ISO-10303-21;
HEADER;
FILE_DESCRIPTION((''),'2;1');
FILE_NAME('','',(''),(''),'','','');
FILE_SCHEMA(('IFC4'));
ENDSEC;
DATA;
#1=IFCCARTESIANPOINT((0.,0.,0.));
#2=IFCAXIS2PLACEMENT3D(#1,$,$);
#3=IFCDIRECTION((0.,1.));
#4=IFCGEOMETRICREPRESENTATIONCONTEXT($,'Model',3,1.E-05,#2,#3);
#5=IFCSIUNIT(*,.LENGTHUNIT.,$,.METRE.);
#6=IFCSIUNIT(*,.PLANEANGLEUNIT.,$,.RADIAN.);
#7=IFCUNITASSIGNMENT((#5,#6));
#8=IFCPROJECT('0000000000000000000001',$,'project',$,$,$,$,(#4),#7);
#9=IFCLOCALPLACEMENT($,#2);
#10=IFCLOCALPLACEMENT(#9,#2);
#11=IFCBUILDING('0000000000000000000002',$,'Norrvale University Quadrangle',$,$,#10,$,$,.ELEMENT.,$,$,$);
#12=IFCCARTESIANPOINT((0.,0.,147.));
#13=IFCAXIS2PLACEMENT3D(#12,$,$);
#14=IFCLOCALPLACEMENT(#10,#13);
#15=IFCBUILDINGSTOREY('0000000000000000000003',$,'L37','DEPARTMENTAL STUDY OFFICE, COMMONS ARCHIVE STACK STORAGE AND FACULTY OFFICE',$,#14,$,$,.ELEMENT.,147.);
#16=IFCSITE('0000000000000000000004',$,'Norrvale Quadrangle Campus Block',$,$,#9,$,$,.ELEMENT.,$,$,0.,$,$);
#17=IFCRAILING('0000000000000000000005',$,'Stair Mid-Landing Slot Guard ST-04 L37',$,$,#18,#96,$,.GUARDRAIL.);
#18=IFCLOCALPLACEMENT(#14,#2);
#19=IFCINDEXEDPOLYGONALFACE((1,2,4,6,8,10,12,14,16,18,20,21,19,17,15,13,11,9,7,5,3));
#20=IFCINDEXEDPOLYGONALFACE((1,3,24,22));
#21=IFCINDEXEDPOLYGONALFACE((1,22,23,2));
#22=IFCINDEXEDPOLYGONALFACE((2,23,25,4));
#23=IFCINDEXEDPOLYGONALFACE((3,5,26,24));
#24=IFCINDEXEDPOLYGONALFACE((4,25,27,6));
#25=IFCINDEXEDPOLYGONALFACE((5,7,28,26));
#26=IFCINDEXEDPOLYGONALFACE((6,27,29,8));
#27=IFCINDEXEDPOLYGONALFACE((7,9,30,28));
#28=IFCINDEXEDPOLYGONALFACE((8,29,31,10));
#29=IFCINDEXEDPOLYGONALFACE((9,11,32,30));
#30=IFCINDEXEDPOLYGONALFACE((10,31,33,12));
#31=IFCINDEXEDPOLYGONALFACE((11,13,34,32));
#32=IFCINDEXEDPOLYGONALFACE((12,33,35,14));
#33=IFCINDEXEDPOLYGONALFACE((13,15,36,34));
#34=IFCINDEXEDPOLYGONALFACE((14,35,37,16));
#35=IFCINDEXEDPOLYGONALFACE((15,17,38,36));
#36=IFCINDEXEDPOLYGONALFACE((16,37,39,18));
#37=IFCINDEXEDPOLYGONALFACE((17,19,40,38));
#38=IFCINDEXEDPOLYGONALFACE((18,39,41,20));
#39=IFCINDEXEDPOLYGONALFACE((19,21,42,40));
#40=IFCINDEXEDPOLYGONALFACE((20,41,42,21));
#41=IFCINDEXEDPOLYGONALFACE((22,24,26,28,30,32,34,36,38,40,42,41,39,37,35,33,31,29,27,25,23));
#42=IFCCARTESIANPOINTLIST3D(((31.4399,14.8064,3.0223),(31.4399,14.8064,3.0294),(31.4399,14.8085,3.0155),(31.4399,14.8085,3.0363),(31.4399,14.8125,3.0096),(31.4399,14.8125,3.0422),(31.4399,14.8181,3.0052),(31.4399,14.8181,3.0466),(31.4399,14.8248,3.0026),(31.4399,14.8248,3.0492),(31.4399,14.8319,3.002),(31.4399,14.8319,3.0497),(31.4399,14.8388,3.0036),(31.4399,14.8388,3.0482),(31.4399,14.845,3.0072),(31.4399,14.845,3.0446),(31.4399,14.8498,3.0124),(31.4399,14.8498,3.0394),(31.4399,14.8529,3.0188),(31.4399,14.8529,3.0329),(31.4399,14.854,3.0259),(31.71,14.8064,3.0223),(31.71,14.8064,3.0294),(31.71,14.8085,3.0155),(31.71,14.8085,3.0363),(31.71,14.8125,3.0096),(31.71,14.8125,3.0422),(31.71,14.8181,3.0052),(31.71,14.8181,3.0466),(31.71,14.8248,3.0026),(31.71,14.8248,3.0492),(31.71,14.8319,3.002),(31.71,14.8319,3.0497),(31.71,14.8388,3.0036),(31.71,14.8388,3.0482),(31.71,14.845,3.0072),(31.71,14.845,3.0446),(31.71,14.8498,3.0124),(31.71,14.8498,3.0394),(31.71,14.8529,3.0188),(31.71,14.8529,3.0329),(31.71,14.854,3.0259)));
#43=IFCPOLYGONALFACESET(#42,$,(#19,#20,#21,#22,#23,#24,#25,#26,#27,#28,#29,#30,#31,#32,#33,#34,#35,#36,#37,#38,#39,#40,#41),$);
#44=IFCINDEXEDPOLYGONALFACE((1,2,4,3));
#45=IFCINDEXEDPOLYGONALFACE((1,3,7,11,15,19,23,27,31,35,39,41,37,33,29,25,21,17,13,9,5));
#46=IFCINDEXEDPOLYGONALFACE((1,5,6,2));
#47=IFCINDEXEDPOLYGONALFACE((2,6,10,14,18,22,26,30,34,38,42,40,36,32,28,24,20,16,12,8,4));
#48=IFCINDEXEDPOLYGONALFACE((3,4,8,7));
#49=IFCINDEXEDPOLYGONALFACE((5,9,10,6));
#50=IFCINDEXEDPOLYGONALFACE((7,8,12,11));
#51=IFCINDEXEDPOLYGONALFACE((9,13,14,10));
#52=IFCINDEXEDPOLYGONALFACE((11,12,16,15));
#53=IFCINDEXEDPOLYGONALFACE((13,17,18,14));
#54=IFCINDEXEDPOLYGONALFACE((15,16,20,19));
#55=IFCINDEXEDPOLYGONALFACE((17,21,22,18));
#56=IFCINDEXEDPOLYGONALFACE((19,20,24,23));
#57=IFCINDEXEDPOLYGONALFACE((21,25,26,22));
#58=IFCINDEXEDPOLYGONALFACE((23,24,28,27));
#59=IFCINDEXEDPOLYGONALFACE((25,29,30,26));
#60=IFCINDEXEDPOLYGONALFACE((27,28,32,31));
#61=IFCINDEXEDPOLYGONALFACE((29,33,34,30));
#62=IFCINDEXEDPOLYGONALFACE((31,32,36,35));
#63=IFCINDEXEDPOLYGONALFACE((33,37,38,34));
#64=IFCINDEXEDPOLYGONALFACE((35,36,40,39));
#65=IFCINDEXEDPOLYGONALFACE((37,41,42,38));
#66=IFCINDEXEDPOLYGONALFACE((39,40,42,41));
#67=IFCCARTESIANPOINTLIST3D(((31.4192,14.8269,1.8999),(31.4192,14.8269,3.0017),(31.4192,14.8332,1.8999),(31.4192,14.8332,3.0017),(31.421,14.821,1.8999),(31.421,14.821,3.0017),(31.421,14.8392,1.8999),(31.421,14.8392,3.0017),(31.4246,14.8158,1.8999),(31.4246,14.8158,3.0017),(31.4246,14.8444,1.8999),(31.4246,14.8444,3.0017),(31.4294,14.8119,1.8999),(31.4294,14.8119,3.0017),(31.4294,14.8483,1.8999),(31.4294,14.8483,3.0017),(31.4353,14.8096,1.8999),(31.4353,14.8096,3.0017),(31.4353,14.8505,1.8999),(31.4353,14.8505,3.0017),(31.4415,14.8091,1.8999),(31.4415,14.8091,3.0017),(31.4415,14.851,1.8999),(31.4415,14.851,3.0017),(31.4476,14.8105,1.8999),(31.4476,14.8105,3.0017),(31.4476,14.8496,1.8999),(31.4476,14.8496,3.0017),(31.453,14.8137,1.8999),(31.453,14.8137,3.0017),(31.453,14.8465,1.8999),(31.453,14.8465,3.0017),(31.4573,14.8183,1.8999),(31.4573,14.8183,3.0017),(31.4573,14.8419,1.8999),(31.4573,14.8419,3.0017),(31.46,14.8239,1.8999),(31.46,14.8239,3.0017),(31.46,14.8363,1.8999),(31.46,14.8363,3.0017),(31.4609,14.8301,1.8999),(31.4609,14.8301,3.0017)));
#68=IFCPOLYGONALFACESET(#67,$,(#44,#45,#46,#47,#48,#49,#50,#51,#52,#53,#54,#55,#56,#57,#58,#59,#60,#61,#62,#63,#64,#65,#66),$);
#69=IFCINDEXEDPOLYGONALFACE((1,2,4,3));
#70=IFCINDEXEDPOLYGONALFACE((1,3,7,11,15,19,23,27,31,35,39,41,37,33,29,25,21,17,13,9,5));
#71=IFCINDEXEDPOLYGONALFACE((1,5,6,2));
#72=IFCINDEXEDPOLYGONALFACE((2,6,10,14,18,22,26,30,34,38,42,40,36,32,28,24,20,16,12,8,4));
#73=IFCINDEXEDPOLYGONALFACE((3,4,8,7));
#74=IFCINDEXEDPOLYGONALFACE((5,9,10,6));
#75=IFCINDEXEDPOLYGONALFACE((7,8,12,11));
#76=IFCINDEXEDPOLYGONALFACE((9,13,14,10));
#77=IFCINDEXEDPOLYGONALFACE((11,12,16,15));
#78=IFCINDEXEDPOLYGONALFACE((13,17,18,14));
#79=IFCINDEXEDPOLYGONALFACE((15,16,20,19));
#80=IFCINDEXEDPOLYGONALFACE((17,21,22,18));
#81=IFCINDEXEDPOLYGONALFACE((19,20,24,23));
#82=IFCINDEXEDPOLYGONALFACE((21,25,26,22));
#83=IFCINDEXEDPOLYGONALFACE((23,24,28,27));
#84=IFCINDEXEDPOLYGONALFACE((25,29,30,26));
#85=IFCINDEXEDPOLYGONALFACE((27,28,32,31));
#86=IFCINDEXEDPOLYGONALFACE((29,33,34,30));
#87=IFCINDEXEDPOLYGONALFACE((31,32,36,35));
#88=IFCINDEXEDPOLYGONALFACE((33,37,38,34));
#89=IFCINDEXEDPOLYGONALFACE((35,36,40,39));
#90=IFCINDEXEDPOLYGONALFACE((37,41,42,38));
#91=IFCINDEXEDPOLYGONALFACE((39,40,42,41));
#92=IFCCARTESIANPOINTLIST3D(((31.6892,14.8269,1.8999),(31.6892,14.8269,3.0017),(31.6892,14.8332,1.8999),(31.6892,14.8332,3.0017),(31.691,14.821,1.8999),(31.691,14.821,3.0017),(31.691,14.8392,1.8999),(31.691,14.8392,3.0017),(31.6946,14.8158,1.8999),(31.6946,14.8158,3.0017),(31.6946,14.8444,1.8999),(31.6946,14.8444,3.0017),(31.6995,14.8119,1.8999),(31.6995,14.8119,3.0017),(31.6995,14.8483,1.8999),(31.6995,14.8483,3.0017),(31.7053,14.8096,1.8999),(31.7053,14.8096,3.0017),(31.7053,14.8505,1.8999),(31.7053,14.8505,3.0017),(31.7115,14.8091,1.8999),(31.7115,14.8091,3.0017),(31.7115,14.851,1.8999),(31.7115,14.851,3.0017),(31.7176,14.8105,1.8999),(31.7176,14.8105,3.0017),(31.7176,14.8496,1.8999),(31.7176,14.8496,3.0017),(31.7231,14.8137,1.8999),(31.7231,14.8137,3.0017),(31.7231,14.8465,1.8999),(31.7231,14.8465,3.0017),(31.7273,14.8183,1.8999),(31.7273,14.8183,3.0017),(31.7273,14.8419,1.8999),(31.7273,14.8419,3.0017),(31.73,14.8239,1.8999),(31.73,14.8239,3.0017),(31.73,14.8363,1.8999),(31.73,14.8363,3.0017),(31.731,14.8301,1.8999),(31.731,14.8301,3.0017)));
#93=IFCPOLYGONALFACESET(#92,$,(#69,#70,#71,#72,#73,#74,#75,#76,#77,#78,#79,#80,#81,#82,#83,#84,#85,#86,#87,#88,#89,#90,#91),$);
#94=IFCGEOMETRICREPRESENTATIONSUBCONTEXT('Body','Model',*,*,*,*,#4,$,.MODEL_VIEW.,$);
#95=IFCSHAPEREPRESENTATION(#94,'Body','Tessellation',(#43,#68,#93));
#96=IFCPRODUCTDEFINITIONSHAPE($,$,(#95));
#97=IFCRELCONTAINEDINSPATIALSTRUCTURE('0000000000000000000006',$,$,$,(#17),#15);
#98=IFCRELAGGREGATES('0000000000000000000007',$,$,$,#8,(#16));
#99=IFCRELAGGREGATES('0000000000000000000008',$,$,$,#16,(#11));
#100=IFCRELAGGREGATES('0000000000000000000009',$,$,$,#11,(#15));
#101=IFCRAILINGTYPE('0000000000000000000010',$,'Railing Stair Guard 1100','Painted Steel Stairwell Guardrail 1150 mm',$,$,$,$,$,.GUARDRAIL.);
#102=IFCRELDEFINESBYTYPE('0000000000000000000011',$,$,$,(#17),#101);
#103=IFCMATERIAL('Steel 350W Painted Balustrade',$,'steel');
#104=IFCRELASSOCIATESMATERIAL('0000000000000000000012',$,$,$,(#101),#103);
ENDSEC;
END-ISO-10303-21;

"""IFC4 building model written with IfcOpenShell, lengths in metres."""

from ifc_helpers import new_model, si_unit, direction, frame, origin, origin_2d, place, context, subcontext, project, spatial, circle, extrude, material, type_object, element, save


model = new_model("IFC4")

# Units and contexts
model_context = context("Model", 3, precision=1e-05, world=origin(), true_north=direction((0.0, 1.0)))
body_context = subcontext(model_context, "Body", "Model", "MODEL_VIEW")
ifc_project = project(units=[si_unit("LENGTHUNIT", "METRE"), si_unit("PLANEANGLEUNIT", "RADIAN")], contexts=[model_context])

# Site, building, storey
site_placement = place(None, origin())
site = spatial("IfcSite", under=ifc_project, at=site_placement, Name="Norrvale Quadrangle Campus Block", CompositionType="ELEMENT", RefElevation=0.0)
building_placement = place(site_placement, origin())
building = spatial("IfcBuilding", under=site, at=building_placement, Name="Norrvale University Quadrangle", CompositionType="ELEMENT")
storey_placement = place(building_placement, frame((0.0, 0.0, 147.0)))
storey = spatial("IfcBuildingStorey", under=building, at=storey_placement, Name="L37", Description="DEPARTMENTAL STUDY OFFICE, COMMONS ARCHIVE STACK STORAGE AND FACULTY OFFICE", CompositionType="ELEMENT", Elevation=147.0)

# Railing
ifc_material_1 = material(Name="Steel 350W Painted Balustrade", Category="steel")
railing_type_1 = type_object("IfcRailingType", Name="Railing Stair Guard 1100", Description="Painted Steel Stairwell Guardrail 1150 mm", PredefinedType="GUARDRAIL", material=ifc_material_1)
railing_1_placement = place(storey_placement, frame((31.4399, 14.8301, 1.8999)))
element("IfcRailing", 1, at=railing_1_placement, inside=storey, type_object=railing_type_1, Name="Stair Mid-Landing Slot Guard ST-04 L37", PredefinedType="GUARDRAIL", context=body_context, shape_type="SweptSolid", body=[
    extrude(circle(Radius=0.0239, at=origin_2d()), frame((0.0, 0.0, 1.126), z_axis=(1.0, 0.0, 0.0), x_axis=(0.0, 1.0, 0.0)), (0.0, 0.0, 1.0), 0.27),
    extrude(circle(Radius=0.021, at=origin_2d()), origin(), (0.0, 0.0, 1.0), 1.1018),
    extrude(circle(Radius=0.021, at=origin_2d()), frame((0.27, 0.0, 0.0)), (0.0, 0.0, 1.0), 1.1018),
])

save(model, "model.ifc")
